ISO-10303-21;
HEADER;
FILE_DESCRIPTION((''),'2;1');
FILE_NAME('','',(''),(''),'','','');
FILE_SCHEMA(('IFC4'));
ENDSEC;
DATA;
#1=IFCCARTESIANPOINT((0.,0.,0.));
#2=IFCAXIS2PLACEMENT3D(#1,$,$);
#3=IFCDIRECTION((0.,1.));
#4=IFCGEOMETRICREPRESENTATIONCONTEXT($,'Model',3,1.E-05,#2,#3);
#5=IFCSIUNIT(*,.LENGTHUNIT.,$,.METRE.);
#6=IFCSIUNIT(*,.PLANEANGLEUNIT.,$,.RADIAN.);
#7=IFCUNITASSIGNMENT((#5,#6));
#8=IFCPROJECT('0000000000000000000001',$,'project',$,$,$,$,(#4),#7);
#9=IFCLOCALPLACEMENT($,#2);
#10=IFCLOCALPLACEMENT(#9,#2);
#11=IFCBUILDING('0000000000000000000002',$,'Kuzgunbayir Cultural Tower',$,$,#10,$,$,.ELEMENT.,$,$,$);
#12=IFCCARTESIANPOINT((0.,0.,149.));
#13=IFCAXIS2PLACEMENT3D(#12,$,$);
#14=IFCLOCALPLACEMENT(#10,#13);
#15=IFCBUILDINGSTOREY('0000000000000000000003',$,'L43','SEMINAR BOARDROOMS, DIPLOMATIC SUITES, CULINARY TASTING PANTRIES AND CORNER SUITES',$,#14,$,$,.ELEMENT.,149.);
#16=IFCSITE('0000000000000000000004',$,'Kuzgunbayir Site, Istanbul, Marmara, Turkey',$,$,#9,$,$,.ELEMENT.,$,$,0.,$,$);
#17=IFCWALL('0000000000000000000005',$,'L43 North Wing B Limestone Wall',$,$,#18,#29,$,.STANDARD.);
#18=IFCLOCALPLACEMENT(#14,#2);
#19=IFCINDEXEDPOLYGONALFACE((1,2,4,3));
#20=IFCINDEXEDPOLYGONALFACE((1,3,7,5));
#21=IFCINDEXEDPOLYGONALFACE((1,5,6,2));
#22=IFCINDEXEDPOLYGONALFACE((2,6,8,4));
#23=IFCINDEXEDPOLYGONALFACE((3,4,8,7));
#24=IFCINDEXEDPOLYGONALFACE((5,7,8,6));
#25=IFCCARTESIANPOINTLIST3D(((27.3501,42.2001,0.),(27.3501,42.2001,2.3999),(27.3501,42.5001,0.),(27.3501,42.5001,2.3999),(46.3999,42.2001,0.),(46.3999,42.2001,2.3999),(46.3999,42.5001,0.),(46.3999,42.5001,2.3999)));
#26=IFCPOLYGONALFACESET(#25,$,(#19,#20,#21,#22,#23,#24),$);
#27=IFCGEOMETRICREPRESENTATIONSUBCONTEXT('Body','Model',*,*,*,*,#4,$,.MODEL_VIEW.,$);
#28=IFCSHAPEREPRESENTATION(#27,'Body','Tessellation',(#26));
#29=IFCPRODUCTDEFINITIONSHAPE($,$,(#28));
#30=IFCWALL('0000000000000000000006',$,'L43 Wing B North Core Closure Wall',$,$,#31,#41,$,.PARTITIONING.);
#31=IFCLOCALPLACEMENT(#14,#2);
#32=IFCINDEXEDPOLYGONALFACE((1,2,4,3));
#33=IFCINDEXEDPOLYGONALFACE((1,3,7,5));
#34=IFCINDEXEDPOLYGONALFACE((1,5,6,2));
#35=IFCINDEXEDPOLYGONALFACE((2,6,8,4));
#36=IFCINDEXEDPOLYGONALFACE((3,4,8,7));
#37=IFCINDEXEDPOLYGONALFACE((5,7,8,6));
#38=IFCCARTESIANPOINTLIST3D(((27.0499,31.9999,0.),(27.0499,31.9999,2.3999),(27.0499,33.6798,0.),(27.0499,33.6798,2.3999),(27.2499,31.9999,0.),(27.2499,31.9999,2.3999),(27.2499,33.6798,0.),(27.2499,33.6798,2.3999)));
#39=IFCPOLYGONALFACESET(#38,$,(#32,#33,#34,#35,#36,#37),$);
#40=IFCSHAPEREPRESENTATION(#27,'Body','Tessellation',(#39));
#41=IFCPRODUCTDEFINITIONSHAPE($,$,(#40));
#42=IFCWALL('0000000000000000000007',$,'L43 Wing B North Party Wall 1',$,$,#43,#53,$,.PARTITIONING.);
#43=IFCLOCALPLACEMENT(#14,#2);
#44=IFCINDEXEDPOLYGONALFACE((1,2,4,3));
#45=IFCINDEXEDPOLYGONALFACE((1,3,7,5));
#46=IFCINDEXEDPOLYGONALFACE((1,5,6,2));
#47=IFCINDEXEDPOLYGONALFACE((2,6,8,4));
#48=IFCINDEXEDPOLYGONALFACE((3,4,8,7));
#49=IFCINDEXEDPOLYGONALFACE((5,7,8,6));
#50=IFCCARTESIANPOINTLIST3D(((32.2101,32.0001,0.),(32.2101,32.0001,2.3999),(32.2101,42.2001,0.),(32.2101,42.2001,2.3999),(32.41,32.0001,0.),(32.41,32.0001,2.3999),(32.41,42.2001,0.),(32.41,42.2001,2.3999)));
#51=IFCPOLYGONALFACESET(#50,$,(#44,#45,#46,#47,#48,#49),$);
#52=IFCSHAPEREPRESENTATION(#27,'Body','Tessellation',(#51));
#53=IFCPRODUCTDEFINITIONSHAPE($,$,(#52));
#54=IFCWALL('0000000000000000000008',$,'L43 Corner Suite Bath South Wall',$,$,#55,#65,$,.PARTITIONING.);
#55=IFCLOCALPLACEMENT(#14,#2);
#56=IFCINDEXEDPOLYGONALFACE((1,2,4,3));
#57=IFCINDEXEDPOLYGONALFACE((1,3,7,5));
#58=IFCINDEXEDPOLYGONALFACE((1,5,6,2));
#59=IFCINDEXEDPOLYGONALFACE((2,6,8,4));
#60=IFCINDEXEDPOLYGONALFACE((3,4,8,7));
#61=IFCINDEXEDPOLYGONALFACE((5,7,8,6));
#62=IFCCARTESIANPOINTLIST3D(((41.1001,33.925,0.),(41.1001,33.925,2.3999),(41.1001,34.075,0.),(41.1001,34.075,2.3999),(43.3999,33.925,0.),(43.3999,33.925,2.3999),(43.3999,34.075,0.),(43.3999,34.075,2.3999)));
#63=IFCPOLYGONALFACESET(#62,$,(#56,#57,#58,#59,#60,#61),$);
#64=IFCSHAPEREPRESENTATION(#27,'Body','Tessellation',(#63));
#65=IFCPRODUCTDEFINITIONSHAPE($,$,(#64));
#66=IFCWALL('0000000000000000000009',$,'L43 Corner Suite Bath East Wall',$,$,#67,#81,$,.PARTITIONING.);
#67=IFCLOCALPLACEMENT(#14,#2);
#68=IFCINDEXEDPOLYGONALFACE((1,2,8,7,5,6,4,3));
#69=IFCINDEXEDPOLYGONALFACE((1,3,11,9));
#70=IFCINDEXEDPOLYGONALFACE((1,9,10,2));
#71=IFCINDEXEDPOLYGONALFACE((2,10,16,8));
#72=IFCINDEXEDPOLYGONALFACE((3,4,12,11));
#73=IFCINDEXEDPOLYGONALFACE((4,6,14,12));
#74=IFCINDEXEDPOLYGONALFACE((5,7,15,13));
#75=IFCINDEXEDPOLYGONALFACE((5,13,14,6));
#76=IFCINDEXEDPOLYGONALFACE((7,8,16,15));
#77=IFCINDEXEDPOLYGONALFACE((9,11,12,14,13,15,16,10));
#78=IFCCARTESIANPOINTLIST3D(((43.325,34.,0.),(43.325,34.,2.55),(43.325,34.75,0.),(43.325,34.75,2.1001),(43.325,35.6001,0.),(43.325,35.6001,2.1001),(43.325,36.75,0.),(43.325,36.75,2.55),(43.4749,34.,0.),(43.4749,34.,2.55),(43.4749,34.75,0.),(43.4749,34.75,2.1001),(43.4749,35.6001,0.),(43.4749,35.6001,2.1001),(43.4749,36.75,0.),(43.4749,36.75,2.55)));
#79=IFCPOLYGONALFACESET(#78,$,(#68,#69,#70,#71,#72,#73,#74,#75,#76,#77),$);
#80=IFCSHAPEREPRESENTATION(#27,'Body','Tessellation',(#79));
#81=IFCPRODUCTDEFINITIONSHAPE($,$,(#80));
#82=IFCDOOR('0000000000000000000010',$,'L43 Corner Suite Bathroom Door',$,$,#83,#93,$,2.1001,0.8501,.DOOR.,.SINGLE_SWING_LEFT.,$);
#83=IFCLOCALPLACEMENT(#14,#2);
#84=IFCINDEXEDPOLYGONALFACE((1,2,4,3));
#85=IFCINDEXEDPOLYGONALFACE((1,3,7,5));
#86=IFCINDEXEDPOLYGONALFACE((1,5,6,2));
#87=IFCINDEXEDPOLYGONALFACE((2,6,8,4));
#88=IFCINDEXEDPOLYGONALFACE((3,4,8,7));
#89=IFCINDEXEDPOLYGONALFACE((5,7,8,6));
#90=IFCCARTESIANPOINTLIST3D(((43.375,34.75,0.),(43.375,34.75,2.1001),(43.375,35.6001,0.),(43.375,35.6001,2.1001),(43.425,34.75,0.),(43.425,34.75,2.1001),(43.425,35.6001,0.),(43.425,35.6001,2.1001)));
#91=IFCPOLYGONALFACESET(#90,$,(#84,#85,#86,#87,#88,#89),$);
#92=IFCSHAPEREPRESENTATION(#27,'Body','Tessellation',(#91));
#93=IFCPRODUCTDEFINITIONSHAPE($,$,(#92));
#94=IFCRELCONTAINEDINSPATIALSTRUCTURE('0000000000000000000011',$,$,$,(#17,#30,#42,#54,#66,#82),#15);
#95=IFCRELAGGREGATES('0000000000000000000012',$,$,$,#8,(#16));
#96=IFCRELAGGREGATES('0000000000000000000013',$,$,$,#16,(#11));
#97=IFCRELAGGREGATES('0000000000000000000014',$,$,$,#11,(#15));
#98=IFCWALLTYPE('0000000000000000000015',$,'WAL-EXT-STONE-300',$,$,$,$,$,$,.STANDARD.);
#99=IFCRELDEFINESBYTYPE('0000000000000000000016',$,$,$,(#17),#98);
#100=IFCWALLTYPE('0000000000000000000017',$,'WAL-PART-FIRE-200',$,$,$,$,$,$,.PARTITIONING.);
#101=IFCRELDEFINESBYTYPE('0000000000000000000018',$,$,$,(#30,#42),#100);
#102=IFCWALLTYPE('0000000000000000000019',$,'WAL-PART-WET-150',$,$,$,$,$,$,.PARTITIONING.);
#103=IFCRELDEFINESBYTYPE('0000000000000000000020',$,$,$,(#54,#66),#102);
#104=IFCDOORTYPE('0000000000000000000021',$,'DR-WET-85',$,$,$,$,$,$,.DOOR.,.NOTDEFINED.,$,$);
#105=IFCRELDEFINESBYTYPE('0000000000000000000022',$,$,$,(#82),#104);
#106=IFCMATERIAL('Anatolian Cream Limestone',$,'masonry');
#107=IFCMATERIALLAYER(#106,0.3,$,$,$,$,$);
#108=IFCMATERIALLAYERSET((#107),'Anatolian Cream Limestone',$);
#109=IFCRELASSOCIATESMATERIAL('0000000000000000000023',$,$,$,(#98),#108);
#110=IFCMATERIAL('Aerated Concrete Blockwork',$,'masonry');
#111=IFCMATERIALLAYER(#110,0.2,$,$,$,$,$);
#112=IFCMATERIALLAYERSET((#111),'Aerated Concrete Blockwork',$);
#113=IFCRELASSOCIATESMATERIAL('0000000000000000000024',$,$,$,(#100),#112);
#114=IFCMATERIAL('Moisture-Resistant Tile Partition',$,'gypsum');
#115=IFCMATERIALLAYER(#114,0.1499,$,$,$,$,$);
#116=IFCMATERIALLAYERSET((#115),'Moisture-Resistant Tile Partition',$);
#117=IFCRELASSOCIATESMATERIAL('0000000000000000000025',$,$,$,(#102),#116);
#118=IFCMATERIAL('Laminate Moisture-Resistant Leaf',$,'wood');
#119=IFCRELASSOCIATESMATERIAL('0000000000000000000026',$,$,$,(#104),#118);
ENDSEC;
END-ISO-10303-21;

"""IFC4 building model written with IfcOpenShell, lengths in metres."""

from ifc_helpers import new_model, si_unit, direction, frame, frame_2d, origin, place, context, subcontext, project, spatial, rectangle, extrude, material, layer, layer_set, type_object, element, fill, save


model = new_model("IFC4")

# Units and contexts
model_context = context("Model", 3, precision=1e-05, world=origin(), true_north=direction((0.0, 1.0)))
body_context = subcontext(model_context, "Body", "Model", "MODEL_VIEW")
ifc_project = project(units=[si_unit("LENGTHUNIT", "METRE"), si_unit("PLANEANGLEUNIT", "RADIAN")], contexts=[model_context])

# Site, building, storey
site_placement = place(None, origin())
site = spatial("IfcSite", under=ifc_project, at=site_placement, Name="Kuzgunbayir Site, Istanbul, Marmara, Turkey", CompositionType="ELEMENT", RefElevation=0.0)
building_placement = place(site_placement, origin())
building = spatial("IfcBuilding", under=site, at=building_placement, Name="Kuzgunbayir Cultural Tower", CompositionType="ELEMENT")
storey_placement = place(building_placement, frame((0.0, 0.0, 149.0)))
storey = spatial("IfcBuildingStorey", under=building, at=storey_placement, Name="L43", Description="SEMINAR BOARDROOMS, DIPLOMATIC SUITES, CULINARY TASTING PANTRIES AND CORNER SUITES", CompositionType="ELEMENT", Elevation=149.0)

# Wall
ifc_material_1 = material(Name="Anatolian Cream Limestone", Category="masonry")
ifc_layer_1 = layer(ifc_material_1, 0.3)
ifc_layer_set_1 = layer_set([ifc_layer_1], Name="Anatolian Cream Limestone")
wall_type_1 = type_object("IfcWallType", Name="WAL-EXT-STONE-300", PredefinedType="STANDARD", material=ifc_layer_set_1)
wall_1_placement = place(storey_placement, frame((46.3999, 42.3501, 0.0), z_axis=(0.0, 0.0, 1.0), x_axis=(-1.0, 0.0, 0.0)))
element("IfcWall", 1, at=wall_1_placement, inside=storey, type_object=wall_type_1, Name="L43 North Wing B Limestone Wall", PredefinedType="STANDARD", context=body_context, shape_type="SweptSolid", body=[
    extrude(rectangle(XDim=19.0498, YDim=0.3, at=frame_2d((9.5249, 0.0))), origin(), (0.0, 0.0, 1.0), 2.3999),
])

# Walls
ifc_material_2 = material(Name="Aerated Concrete Blockwork", Category="masonry")
ifc_layer_2 = layer(ifc_material_2, 0.2)
ifc_layer_set_2 = layer_set([ifc_layer_2], Name="Aerated Concrete Blockwork")
wall_type_2 = type_object("IfcWallType", Name="WAL-PART-FIRE-200", PredefinedType="PARTITIONING", material=ifc_layer_set_2)
wall_2_placement = place(storey_placement, frame((27.1499, 32.0, 0.0), z_axis=(0.0, 0.0, 1.0), x_axis=(0.0, 1.0, 0.0)))
element("IfcWall", 2, at=wall_2_placement, inside=storey, type_object=wall_type_2, Name="L43 Wing B North Core Closure Wall", PredefinedType="PARTITIONING", context=body_context, shape_type="SweptSolid", body=[
    extrude(rectangle(XDim=1.6799, YDim=0.2, at=frame_2d((0.8398, 0.0))), origin(), (0.0, 0.0, 1.0), 2.3999),
])
wall_3_placement = place(storey_placement, frame((32.3101, 32.0, 0.0), z_axis=(0.0, 0.0, 1.0), x_axis=(0.0, 1.0, 0.0)))
element("IfcWall", 3, at=wall_3_placement, inside=storey, type_object=wall_type_2, Name="L43 Wing B North Party Wall 1", PredefinedType="PARTITIONING", context=body_context, shape_type="SweptSolid", body=[
    extrude(rectangle(XDim=10.2, YDim=0.2, at=frame_2d((5.1001, 0.0))), origin(), (0.0, 0.0, 1.0), 2.3999),
])
ifc_material_3 = material(Name="Moisture-Resistant Tile Partition", Category="gypsum")
ifc_layer_3 = layer(ifc_material_3, 0.1499)
ifc_layer_set_3 = layer_set([ifc_layer_3], Name="Moisture-Resistant Tile Partition")
wall_type_3 = type_object("IfcWallType", Name="WAL-PART-WET-150", PredefinedType="PARTITIONING", material=ifc_layer_set_3)
wall_4_placement = place(storey_placement, frame((41.1001, 34.0, 0.0), z_axis=(0.0, 0.0, 1.0), x_axis=(1.0, 0.0, 0.0)))
element("IfcWall", 4, at=wall_4_placement, inside=storey, type_object=wall_type_3, Name="L43 Corner Suite Bath South Wall", PredefinedType="PARTITIONING", context=body_context, shape_type="SweptSolid", body=[
    extrude(rectangle(XDim=2.2998, YDim=0.1499, at=frame_2d((1.1499, 0.0))), origin(), (0.0, 0.0, 1.0), 2.3999),
])

# Wall, opening, door
wall_5_placement = place(storey_placement, frame((43.3999, 34.0, 0.0), z_axis=(0.0, 0.0, 1.0), x_axis=(0.0, 1.0, 0.0)))
wall_5 = element("IfcWall", 5, at=wall_5_placement, inside=storey, type_object=wall_type_3, Name="L43 Corner Suite Bath East Wall", PredefinedType="PARTITIONING", context=body_context, shape_type="SweptSolid", body=[
    extrude(rectangle(XDim=2.75, YDim=0.1499, at=frame_2d((1.375, 0.0))), origin(), (0.0, 0.0, 1.0), 2.55),
])
opening_1_placement = place(wall_5_placement, frame((0.75, 0.0, 0.0)))
opening_1 = element("IfcOpeningElement", 6, at=opening_1_placement, cuts=wall_5, PredefinedType="OPENING", context=body_context, shape_type="SweptSolid", body=[
    extrude(rectangle(XDim=0.8501, YDim=2.1001, at=frame_2d((0.425, 1.05))), frame((0.0, 0.085, 0.0), z_axis=(0.0, -1.0, 0.0), x_axis=(1.0, 0.0, 0.0)), (0.0, 0.0, 1.0), 0.1699),
])
ifc_material_4 = material(Name="Laminate Moisture-Resistant Leaf", Category="wood")
door_type_1 = type_object("IfcDoorType", Name="DR-WET-85", OperationType="NOTDEFINED", PredefinedType="DOOR", material=ifc_material_4)
door_1_placement = place(opening_1_placement, origin())
door_1 = element("IfcDoor", 7, at=door_1_placement, inside=storey, type_object=door_type_1, Name="L43 Corner Suite Bathroom Door", OperationType="SINGLE_SWING_LEFT", OverallHeight=2.1001, OverallWidth=0.8501, PredefinedType="DOOR", context=body_context, shape_type="SweptSolid", body=[
    extrude(rectangle(XDim=0.8501, YDim=2.1001, at=frame_2d((0.425, 1.05))), frame((0.0, 0.0249, 0.0), z_axis=(0.0, -1.0, 0.0), x_axis=(1.0, 0.0, 0.0)), (0.0, 0.0, 1.0), 0.05),
])
fill(opening_1, door_1)

save(model, "model.ifc")
